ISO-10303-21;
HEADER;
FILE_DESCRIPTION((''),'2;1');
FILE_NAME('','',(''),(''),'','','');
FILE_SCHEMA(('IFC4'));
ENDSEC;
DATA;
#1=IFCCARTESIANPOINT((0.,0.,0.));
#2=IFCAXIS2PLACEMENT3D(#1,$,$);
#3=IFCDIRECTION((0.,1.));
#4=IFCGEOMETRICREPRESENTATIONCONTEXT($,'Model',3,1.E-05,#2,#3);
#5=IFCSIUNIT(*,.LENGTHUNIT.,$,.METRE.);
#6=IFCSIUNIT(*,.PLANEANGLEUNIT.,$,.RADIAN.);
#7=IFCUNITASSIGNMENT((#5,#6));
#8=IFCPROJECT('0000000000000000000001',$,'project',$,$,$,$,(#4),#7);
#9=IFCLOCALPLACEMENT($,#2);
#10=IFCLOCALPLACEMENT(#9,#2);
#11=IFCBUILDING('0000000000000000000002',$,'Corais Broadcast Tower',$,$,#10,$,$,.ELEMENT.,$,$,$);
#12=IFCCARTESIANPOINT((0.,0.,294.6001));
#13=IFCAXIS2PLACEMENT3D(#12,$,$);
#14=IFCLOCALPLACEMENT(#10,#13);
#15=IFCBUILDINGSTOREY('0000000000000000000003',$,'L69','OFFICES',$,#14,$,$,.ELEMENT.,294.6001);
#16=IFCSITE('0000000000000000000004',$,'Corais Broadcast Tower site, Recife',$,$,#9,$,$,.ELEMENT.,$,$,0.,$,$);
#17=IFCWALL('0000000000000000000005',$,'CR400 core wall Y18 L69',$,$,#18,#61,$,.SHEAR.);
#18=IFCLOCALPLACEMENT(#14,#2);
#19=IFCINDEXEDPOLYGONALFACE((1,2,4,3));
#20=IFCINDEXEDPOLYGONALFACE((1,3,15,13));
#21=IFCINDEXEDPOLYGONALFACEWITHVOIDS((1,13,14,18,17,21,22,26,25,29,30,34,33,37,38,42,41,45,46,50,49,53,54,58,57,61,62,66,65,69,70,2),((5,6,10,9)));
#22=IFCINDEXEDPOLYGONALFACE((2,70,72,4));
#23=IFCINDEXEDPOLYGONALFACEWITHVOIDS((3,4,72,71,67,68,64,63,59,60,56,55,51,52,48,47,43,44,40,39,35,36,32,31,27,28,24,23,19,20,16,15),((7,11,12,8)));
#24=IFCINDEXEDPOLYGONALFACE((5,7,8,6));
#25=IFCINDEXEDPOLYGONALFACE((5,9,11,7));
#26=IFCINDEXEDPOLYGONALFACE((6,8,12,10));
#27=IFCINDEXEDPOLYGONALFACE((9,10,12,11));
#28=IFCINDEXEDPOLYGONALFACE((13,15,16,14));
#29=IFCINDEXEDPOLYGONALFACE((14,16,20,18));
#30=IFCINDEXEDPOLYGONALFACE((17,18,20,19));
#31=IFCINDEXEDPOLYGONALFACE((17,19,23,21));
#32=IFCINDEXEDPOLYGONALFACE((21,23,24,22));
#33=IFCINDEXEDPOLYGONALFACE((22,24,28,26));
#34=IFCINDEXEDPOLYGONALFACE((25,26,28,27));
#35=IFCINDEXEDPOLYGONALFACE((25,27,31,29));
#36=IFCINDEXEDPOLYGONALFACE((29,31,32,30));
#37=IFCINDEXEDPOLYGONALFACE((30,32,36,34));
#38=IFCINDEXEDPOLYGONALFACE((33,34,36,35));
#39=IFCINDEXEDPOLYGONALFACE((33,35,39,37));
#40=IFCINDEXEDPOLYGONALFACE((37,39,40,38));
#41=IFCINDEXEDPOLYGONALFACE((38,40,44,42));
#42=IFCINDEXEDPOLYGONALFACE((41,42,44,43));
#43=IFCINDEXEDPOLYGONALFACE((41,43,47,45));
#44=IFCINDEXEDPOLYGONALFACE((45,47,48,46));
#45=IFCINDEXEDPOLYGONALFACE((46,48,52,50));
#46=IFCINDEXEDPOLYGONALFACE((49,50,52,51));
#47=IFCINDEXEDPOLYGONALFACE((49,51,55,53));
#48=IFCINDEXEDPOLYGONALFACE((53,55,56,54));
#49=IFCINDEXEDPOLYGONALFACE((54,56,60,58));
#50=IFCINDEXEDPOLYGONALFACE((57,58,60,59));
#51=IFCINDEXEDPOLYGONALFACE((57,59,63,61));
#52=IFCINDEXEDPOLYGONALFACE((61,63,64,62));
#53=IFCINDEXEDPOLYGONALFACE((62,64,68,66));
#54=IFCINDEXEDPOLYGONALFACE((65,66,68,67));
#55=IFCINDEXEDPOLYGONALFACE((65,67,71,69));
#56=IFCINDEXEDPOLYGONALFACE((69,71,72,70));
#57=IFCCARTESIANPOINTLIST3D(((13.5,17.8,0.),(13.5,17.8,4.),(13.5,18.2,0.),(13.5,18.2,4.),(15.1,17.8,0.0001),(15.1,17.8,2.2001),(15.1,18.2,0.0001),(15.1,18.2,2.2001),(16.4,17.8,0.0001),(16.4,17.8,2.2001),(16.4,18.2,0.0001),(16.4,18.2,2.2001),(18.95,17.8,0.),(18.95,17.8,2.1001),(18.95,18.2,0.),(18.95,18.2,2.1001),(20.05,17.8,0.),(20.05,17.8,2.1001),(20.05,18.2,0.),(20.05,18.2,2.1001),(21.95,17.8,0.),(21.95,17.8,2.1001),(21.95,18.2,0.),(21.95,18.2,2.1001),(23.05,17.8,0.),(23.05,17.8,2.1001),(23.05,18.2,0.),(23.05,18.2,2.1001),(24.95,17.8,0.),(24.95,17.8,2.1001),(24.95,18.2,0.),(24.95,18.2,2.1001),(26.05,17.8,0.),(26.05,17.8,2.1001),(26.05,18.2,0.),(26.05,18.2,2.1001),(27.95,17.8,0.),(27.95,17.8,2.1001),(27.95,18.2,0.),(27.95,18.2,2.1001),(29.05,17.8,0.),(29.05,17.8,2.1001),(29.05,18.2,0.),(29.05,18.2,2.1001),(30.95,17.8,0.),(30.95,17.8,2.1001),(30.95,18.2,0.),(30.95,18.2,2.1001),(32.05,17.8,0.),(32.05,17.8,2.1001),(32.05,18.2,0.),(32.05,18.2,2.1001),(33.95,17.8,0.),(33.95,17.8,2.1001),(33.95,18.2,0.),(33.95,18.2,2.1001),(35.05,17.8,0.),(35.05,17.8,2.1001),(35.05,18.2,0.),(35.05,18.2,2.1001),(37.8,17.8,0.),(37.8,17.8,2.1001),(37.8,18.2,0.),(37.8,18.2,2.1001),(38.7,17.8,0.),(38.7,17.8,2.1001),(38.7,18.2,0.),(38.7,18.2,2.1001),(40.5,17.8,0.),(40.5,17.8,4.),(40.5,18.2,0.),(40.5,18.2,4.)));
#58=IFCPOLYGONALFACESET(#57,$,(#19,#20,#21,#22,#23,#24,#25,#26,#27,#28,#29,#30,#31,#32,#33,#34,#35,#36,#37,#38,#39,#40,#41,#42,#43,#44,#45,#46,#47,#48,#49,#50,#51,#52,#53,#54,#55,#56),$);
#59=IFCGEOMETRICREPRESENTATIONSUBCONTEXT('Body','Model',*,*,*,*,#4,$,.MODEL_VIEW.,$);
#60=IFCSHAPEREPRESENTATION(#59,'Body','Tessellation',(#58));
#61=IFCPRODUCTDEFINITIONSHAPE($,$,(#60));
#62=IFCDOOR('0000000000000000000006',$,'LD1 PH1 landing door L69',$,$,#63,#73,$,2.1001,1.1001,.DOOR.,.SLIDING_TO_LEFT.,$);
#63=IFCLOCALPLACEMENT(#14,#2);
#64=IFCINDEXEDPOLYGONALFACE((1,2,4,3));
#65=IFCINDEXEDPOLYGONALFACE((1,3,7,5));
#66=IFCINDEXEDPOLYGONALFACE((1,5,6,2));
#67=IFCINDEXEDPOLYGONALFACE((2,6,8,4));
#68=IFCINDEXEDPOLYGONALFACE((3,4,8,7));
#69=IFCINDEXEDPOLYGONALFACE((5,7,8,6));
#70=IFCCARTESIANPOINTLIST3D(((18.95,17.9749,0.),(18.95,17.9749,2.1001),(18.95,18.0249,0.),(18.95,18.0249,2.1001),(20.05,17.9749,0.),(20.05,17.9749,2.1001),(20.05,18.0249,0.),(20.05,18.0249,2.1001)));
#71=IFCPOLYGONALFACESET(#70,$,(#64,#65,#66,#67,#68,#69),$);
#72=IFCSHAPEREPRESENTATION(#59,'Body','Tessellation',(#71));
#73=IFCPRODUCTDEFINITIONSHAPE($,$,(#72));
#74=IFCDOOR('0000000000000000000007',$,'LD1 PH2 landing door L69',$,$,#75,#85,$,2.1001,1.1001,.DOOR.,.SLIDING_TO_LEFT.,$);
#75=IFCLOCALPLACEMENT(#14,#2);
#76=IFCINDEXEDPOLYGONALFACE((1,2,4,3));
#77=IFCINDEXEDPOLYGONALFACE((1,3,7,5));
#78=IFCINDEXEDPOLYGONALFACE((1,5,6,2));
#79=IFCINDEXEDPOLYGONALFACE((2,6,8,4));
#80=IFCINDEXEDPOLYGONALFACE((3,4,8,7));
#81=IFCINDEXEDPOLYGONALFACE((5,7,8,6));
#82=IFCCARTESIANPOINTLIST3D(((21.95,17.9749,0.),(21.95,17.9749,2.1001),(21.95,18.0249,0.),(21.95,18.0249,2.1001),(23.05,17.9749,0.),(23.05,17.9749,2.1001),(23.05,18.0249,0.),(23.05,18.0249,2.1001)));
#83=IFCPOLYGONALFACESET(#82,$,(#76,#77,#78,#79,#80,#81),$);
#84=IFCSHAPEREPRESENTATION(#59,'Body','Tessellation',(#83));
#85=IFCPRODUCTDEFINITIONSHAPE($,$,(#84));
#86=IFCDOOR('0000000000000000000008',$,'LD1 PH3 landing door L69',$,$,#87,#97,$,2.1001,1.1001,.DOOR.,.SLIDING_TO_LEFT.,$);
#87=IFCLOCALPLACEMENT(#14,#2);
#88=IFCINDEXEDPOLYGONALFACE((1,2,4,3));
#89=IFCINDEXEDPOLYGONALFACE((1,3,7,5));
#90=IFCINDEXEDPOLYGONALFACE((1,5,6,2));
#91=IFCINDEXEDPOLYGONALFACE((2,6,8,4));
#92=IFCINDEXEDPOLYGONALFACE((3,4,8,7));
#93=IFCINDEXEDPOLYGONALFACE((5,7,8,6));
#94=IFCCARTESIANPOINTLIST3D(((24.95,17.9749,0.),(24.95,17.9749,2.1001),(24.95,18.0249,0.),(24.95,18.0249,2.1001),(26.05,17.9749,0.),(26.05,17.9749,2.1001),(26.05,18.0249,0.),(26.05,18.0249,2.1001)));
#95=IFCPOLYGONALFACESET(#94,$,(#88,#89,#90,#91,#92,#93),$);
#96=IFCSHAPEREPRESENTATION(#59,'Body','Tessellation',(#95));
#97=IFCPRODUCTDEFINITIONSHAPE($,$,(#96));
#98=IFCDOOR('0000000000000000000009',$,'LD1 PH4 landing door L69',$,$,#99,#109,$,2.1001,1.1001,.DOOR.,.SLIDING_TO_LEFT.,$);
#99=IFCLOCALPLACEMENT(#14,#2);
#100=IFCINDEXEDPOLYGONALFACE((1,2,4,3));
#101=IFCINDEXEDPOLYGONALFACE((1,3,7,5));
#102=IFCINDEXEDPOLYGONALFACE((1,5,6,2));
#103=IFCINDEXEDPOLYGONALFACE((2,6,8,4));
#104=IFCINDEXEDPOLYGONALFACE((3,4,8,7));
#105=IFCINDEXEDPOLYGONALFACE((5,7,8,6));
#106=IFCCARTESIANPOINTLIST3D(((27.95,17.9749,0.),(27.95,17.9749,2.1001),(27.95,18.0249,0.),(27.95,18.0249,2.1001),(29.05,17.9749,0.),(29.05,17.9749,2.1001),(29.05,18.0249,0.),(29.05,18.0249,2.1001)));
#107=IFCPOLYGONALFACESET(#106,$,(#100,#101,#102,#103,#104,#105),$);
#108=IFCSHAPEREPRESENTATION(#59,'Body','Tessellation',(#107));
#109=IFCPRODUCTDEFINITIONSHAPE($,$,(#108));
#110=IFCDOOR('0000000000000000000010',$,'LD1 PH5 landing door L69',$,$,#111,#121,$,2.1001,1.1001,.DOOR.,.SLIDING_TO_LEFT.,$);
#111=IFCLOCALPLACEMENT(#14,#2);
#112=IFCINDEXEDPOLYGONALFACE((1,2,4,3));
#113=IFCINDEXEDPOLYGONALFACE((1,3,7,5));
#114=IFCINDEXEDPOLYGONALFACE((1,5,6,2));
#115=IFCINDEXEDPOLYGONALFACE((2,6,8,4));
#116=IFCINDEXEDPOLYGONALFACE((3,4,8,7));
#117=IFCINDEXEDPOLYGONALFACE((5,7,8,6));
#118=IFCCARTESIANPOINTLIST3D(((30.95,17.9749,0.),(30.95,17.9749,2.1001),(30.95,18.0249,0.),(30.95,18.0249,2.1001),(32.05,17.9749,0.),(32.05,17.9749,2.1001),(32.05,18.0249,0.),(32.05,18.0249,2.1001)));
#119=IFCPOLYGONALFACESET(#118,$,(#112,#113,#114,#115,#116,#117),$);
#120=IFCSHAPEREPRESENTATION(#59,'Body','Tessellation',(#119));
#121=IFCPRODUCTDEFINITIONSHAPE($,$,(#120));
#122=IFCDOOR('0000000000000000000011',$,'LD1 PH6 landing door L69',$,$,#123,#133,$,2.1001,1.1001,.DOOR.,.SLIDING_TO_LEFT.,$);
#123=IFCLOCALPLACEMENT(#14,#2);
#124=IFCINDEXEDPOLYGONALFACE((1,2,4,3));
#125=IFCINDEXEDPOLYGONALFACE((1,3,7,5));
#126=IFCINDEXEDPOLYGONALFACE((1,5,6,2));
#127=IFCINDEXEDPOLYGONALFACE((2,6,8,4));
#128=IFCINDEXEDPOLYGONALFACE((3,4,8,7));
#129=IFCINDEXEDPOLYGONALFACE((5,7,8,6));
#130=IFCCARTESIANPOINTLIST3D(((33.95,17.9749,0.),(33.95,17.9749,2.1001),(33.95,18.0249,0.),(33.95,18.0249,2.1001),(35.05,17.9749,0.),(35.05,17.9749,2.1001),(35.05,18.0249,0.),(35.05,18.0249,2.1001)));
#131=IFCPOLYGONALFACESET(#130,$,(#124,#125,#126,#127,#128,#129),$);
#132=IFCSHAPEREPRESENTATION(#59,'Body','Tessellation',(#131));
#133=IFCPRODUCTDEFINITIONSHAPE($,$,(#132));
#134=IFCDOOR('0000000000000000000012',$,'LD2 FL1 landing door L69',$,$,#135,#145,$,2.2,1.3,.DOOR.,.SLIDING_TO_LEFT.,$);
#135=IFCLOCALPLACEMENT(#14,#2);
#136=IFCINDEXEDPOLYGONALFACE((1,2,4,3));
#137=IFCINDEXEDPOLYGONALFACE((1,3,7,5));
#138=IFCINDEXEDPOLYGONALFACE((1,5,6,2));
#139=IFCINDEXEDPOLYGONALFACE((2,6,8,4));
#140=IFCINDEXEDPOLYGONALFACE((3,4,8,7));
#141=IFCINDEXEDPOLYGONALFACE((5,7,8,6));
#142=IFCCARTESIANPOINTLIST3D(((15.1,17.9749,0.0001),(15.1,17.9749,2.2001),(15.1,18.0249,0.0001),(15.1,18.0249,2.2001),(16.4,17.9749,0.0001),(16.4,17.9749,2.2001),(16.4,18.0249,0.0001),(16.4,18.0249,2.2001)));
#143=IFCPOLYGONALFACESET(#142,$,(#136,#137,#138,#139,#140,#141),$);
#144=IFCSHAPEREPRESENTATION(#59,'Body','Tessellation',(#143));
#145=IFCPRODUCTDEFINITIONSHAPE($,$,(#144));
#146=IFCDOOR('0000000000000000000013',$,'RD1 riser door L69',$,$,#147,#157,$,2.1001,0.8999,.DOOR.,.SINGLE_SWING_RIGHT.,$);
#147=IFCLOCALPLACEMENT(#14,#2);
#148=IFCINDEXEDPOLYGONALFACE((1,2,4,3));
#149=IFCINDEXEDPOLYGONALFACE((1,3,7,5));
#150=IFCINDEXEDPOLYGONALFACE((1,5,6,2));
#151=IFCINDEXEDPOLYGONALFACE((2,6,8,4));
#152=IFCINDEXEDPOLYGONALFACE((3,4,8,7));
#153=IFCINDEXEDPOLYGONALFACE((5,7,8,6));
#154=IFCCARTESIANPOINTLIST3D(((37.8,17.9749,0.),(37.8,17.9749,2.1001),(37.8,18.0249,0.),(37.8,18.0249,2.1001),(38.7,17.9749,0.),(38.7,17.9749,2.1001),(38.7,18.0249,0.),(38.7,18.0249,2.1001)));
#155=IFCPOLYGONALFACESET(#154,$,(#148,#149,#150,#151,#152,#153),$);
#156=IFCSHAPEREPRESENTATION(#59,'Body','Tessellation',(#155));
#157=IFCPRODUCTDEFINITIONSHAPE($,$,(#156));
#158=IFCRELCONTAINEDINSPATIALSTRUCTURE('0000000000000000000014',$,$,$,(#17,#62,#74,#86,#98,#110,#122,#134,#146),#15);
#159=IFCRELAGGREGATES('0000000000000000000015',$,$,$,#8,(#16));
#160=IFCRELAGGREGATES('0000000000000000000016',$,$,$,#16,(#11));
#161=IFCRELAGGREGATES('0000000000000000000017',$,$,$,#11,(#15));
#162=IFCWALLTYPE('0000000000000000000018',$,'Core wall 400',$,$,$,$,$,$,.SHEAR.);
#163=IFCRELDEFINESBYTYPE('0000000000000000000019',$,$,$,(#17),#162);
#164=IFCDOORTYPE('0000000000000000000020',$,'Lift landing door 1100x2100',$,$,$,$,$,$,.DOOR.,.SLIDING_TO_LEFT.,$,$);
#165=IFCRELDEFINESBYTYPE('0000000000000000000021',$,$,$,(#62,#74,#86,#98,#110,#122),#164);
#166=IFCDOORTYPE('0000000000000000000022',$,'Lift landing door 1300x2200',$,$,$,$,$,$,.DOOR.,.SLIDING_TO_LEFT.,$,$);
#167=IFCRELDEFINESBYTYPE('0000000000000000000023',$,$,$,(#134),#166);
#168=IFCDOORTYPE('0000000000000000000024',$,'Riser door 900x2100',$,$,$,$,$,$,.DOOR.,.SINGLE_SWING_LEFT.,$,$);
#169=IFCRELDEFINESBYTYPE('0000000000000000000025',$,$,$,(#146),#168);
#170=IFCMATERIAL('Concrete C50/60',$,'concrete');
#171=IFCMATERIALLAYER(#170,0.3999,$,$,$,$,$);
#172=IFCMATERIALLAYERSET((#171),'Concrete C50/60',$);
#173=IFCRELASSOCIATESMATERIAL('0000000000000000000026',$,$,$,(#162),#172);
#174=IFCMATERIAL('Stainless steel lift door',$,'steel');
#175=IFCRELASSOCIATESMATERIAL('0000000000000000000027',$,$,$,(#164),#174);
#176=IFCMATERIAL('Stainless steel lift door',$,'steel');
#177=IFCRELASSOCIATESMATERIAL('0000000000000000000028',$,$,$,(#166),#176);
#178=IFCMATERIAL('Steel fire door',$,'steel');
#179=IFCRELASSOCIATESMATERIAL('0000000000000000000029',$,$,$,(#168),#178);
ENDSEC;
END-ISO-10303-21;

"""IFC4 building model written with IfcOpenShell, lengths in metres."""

from ifc_helpers import new_model, si_unit, direction, frame, frame_2d, origin, place, context, subcontext, project, spatial, rectangle, extrude, material, layer, layer_set, type_object, element, fill, save


model = new_model("IFC4")

# Units and contexts
model_context = context("Model", 3, precision=1e-05, world=origin(), true_north=direction((0.0, 1.0)))
body_context = subcontext(model_context, "Body", "Model", "MODEL_VIEW")
ifc_project = project(units=[si_unit("LENGTHUNIT", "METRE"), si_unit("PLANEANGLEUNIT", "RADIAN")], contexts=[model_context])

# Site, building, storey
site_placement = place(None, origin())
site = spatial("IfcSite", under=ifc_project, at=site_placement, Name="Corais Broadcast Tower site, Recife", CompositionType="ELEMENT", RefElevation=0.0)
building_placement = place(site_placement, origin())
building = spatial("IfcBuilding", under=site, at=building_placement, Name="Corais Broadcast Tower", CompositionType="ELEMENT")
storey_placement = place(building_placement, frame((0.0, 0.0, 294.6001)))
storey = spatial("IfcBuildingStorey", under=building, at=storey_placement, Name="L69", Description="OFFICES", CompositionType="ELEMENT", Elevation=294.6001)

# Wall, openings, doors
ifc_material_1 = material(Name="Concrete C50/60", Category="concrete")
ifc_layer_1 = layer(ifc_material_1, 0.3999)
ifc_layer_set_1 = layer_set([ifc_layer_1], Name="Concrete C50/60")
wall_type_1 = type_object("IfcWallType", Name="Core wall 400", PredefinedType="SHEAR", material=ifc_layer_set_1)
wall_1_placement = place(storey_placement, frame((13.5, 18.0, 0.0), z_axis=(0.0, 0.0, 1.0), x_axis=(1.0, 0.0, 0.0)))
wall_1 = element("IfcWall", 1, at=wall_1_placement, inside=storey, type_object=wall_type_1, Name="CR400 core wall Y18 L69", PredefinedType="SHEAR", context=body_context, shape_type="SweptSolid", body=[
    extrude(rectangle(XDim=27.0, YDim=0.3999, at=frame_2d((13.5, 0.0))), origin(), (0.0, 0.0, 1.0), 4.0),
])
opening_1_placement = place(wall_1_placement, frame((24.3, 0.0, 0.0)))
opening_1 = element("IfcOpeningElement", 2, at=opening_1_placement, cuts=wall_1, PredefinedType="OPENING", context=body_context, shape_type="SweptSolid", body=[
    extrude(rectangle(XDim=0.8999, YDim=2.1001, at=frame_2d((0.45, 1.05))), frame((0.0, 0.21, 0.0), z_axis=(0.0, -1.0, 0.0), x_axis=(1.0, 0.0, 0.0)), (0.0, 0.0, 1.0), 0.4199),
])
opening_2_placement = place(wall_1_placement, frame((5.45, 0.0, 0.0)))
opening_2 = element("IfcOpeningElement", 3, at=opening_2_placement, cuts=wall_1, PredefinedType="OPENING", context=body_context, shape_type="SweptSolid", body=[
    extrude(rectangle(XDim=1.1001, YDim=2.1001, at=frame_2d((0.55, 1.05))), frame((0.0, 0.21, 0.0), z_axis=(0.0, -1.0, 0.0), x_axis=(1.0, 0.0, 0.0)), (0.0, 0.0, 1.0), 0.4199),
])
opening_3_placement = place(wall_1_placement, frame((8.45, 0.0, 0.0)))
opening_3 = element("IfcOpeningElement", 4, at=opening_3_placement, cuts=wall_1, PredefinedType="OPENING", context=body_context, shape_type="SweptSolid", body=[
    extrude(rectangle(XDim=1.1001, YDim=2.1001, at=frame_2d((0.55, 1.05))), frame((0.0, 0.21, 0.0), z_axis=(0.0, -1.0, 0.0), x_axis=(1.0, 0.0, 0.0)), (0.0, 0.0, 1.0), 0.4199),
])
opening_4_placement = place(wall_1_placement, frame((11.45, 0.0, 0.0)))
opening_4 = element("IfcOpeningElement", 5, at=opening_4_placement, cuts=wall_1, PredefinedType="OPENING", context=body_context, shape_type="SweptSolid", body=[
    extrude(rectangle(XDim=1.1001, YDim=2.1001, at=frame_2d((0.55, 1.05))), frame((0.0, 0.21, 0.0), z_axis=(0.0, -1.0, 0.0), x_axis=(1.0, 0.0, 0.0)), (0.0, 0.0, 1.0), 0.4199),
])
opening_5_placement = place(wall_1_placement, frame((14.45, 0.0, 0.0)))
opening_5 = element("IfcOpeningElement", 6, at=opening_5_placement, cuts=wall_1, PredefinedType="OPENING", context=body_context, shape_type="SweptSolid", body=[
    extrude(rectangle(XDim=1.1001, YDim=2.1001, at=frame_2d((0.55, 1.05))), frame((0.0, 0.21, 0.0), z_axis=(0.0, -1.0, 0.0), x_axis=(1.0, 0.0, 0.0)), (0.0, 0.0, 1.0), 0.4199),
])
opening_6_placement = place(wall_1_placement, frame((17.45, 0.0, 0.0)))
opening_6 = element("IfcOpeningElement", 7, at=opening_6_placement, cuts=wall_1, PredefinedType="OPENING", context=body_context, shape_type="SweptSolid", body=[
    extrude(rectangle(XDim=1.1001, YDim=2.1001, at=frame_2d((0.55, 1.05))), frame((0.0, 0.21, 0.0), z_axis=(0.0, -1.0, 0.0), x_axis=(1.0, 0.0, 0.0)), (0.0, 0.0, 1.0), 0.4199),
])
opening_7_placement = place(wall_1_placement, frame((20.45, 0.0, 0.0)))
opening_7 = element("IfcOpeningElement", 8, at=opening_7_placement, cuts=wall_1, PredefinedType="OPENING", context=body_context, shape_type="SweptSolid", body=[
    extrude(rectangle(XDim=1.1001, YDim=2.1001, at=frame_2d((0.55, 1.05))), frame((0.0, 0.21, 0.0), z_axis=(0.0, -1.0, 0.0), x_axis=(1.0, 0.0, 0.0)), (0.0, 0.0, 1.0), 0.4199),
])
opening_8_placement = place(wall_1_placement, frame((1.6001, 0.0, 0.0)))
opening_8 = element("IfcOpeningElement", 9, at=opening_8_placement, cuts=wall_1, PredefinedType="OPENING", context=body_context, shape_type="SweptSolid", body=[
    extrude(rectangle(XDim=1.3, YDim=2.2, at=frame_2d((0.6499, 1.1001))), frame((0.0, 0.21, 0.0), z_axis=(0.0, -1.0, 0.0), x_axis=(1.0, 0.0, 0.0)), (0.0, 0.0, 1.0), 0.4199),
])
ifc_material_2 = material(Name="Stainless steel lift door", Category="steel")
door_type_1 = type_object("IfcDoorType", Name="Lift landing door 1100x2100", OperationType="SLIDING_TO_LEFT", PredefinedType="DOOR", material=ifc_material_2)
door_1_placement = place(opening_2_placement, origin())
door_1 = element("IfcDoor", 10, at=door_1_placement, inside=storey, type_object=door_type_1, Name="LD1 PH1 landing door L69", OperationType="SLIDING_TO_LEFT", OverallHeight=2.1001, OverallWidth=1.1001, PredefinedType="DOOR", context=body_context, shape_type="SweptSolid", body=[
    extrude(rectangle(XDim=1.1001, YDim=2.1001, at=frame_2d((0.55, 1.05))), frame((0.0, 0.0249, 0.0), z_axis=(0.0, -1.0, 0.0), x_axis=(1.0, 0.0, 0.0)), (0.0, 0.0, 1.0), 0.05),
])
fill(opening_2, door_1)
door_2_placement = place(opening_3_placement, origin())
door_2 = element("IfcDoor", 11, at=door_2_placement, inside=storey, type_object=door_type_1, Name="LD1 PH2 landing door L69", OperationType="SLIDING_TO_LEFT", OverallHeight=2.1001, OverallWidth=1.1001, PredefinedType="DOOR", context=body_context, shape_type="SweptSolid", body=[
    extrude(rectangle(XDim=1.1001, YDim=2.1001, at=frame_2d((0.55, 1.05))), frame((0.0, 0.0249, 0.0), z_axis=(0.0, -1.0, 0.0), x_axis=(1.0, 0.0, 0.0)), (0.0, 0.0, 1.0), 0.05),
])
fill(opening_3, door_2)
door_3_placement = place(opening_4_placement, origin())
door_3 = element("IfcDoor", 12, at=door_3_placement, inside=storey, type_object=door_type_1, Name="LD1 PH3 landing door L69", OperationType="SLIDING_TO_LEFT", OverallHeight=2.1001, OverallWidth=1.1001, PredefinedType="DOOR", context=body_context, shape_type="SweptSolid", body=[
    extrude(rectangle(XDim=1.1001, YDim=2.1001, at=frame_2d((0.55, 1.05))), frame((0.0, 0.0249, 0.0), z_axis=(0.0, -1.0, 0.0), x_axis=(1.0, 0.0, 0.0)), (0.0, 0.0, 1.0), 0.05),
])
fill(opening_4, door_3)
door_4_placement = place(opening_5_placement, origin())
door_4 = element("IfcDoor", 13, at=door_4_placement, inside=storey, type_object=door_type_1, Name="LD1 PH4 landing door L69", OperationType="SLIDING_TO_LEFT", OverallHeight=2.1001, OverallWidth=1.1001, PredefinedType="DOOR", context=body_context, shape_type="SweptSolid", body=[
    extrude(rectangle(XDim=1.1001, YDim=2.1001, at=frame_2d((0.55, 1.05))), frame((0.0, 0.0249, 0.0), z_axis=(0.0, -1.0, 0.0), x_axis=(1.0, 0.0, 0.0)), (0.0, 0.0, 1.0), 0.05),
])
fill(opening_5, door_4)
door_5_placement = place(opening_6_placement, origin())
door_5 = element("IfcDoor", 14, at=door_5_placement, inside=storey, type_object=door_type_1, Name="LD1 PH5 landing door L69", OperationType="SLIDING_TO_LEFT", OverallHeight=2.1001, OverallWidth=1.1001, PredefinedType="DOOR", context=body_context, shape_type="SweptSolid", body=[
    extrude(rectangle(XDim=1.1001, YDim=2.1001, at=frame_2d((0.55, 1.05))), frame((0.0, 0.0249, 0.0), z_axis=(0.0, -1.0, 0.0), x_axis=(1.0, 0.0, 0.0)), (0.0, 0.0, 1.0), 0.05),
])
fill(opening_6, door_5)
door_6_placement = place(opening_7_placement, origin())
door_6 = element("IfcDoor", 15, at=door_6_placement, inside=storey, type_object=door_type_1, Name="LD1 PH6 landing door L69", OperationType="SLIDING_TO_LEFT", OverallHeight=2.1001, OverallWidth=1.1001, PredefinedType="DOOR", context=body_context, shape_type="SweptSolid", body=[
    extrude(rectangle(XDim=1.1001, YDim=2.1001, at=frame_2d((0.55, 1.05))), frame((0.0, 0.0249, 0.0), z_axis=(0.0, -1.0, 0.0), x_axis=(1.0, 0.0, 0.0)), (0.0, 0.0, 1.0), 0.05),
])
fill(opening_7, door_6)
ifc_material_3 = material(Name="Stainless steel lift door", Category="steel")
door_type_2 = type_object("IfcDoorType", Name="Lift landing door 1300x2200", OperationType="SLIDING_TO_LEFT", PredefinedType="DOOR", material=ifc_material_3)
door_7_placement = place(opening_8_placement, origin())
door_7 = element("IfcDoor", 16, at=door_7_placement, inside=storey, type_object=door_type_2, Name="LD2 FL1 landing door L69", OperationType="SLIDING_TO_LEFT", OverallHeight=2.2, OverallWidth=1.3, PredefinedType="DOOR", context=body_context, shape_type="SweptSolid", body=[
    extrude(rectangle(XDim=1.3, YDim=2.2, at=frame_2d((0.6499, 1.1001))), frame((0.0, 0.0249, 0.0), z_axis=(0.0, -1.0, 0.0), x_axis=(1.0, 0.0, 0.0)), (0.0, 0.0, 1.0), 0.05),
])
fill(opening_8, door_7)
ifc_material_4 = material(Name="Steel fire door", Category="steel")
door_type_3 = type_object("IfcDoorType", Name="Riser door 900x2100", OperationType="SINGLE_SWING_LEFT", PredefinedType="DOOR", material=ifc_material_4)
door_8_placement = place(opening_1_placement, origin())
door_8 = element("IfcDoor", 17, at=door_8_placement, inside=storey, type_object=door_type_3, Name="RD1 riser door L69", OperationType="SINGLE_SWING_RIGHT", OverallHeight=2.1001, OverallWidth=0.8999, PredefinedType="DOOR", context=body_context, shape_type="SweptSolid", body=[
    extrude(rectangle(XDim=0.8999, YDim=2.1001, at=frame_2d((0.45, 1.05))), frame((0.0, 0.0249, 0.0), z_axis=(0.0, -1.0, 0.0), x_axis=(1.0, 0.0, 0.0)), (0.0, 0.0, 1.0), 0.05),
])
fill(opening_1, door_8)

save(model, "model.ifc")
